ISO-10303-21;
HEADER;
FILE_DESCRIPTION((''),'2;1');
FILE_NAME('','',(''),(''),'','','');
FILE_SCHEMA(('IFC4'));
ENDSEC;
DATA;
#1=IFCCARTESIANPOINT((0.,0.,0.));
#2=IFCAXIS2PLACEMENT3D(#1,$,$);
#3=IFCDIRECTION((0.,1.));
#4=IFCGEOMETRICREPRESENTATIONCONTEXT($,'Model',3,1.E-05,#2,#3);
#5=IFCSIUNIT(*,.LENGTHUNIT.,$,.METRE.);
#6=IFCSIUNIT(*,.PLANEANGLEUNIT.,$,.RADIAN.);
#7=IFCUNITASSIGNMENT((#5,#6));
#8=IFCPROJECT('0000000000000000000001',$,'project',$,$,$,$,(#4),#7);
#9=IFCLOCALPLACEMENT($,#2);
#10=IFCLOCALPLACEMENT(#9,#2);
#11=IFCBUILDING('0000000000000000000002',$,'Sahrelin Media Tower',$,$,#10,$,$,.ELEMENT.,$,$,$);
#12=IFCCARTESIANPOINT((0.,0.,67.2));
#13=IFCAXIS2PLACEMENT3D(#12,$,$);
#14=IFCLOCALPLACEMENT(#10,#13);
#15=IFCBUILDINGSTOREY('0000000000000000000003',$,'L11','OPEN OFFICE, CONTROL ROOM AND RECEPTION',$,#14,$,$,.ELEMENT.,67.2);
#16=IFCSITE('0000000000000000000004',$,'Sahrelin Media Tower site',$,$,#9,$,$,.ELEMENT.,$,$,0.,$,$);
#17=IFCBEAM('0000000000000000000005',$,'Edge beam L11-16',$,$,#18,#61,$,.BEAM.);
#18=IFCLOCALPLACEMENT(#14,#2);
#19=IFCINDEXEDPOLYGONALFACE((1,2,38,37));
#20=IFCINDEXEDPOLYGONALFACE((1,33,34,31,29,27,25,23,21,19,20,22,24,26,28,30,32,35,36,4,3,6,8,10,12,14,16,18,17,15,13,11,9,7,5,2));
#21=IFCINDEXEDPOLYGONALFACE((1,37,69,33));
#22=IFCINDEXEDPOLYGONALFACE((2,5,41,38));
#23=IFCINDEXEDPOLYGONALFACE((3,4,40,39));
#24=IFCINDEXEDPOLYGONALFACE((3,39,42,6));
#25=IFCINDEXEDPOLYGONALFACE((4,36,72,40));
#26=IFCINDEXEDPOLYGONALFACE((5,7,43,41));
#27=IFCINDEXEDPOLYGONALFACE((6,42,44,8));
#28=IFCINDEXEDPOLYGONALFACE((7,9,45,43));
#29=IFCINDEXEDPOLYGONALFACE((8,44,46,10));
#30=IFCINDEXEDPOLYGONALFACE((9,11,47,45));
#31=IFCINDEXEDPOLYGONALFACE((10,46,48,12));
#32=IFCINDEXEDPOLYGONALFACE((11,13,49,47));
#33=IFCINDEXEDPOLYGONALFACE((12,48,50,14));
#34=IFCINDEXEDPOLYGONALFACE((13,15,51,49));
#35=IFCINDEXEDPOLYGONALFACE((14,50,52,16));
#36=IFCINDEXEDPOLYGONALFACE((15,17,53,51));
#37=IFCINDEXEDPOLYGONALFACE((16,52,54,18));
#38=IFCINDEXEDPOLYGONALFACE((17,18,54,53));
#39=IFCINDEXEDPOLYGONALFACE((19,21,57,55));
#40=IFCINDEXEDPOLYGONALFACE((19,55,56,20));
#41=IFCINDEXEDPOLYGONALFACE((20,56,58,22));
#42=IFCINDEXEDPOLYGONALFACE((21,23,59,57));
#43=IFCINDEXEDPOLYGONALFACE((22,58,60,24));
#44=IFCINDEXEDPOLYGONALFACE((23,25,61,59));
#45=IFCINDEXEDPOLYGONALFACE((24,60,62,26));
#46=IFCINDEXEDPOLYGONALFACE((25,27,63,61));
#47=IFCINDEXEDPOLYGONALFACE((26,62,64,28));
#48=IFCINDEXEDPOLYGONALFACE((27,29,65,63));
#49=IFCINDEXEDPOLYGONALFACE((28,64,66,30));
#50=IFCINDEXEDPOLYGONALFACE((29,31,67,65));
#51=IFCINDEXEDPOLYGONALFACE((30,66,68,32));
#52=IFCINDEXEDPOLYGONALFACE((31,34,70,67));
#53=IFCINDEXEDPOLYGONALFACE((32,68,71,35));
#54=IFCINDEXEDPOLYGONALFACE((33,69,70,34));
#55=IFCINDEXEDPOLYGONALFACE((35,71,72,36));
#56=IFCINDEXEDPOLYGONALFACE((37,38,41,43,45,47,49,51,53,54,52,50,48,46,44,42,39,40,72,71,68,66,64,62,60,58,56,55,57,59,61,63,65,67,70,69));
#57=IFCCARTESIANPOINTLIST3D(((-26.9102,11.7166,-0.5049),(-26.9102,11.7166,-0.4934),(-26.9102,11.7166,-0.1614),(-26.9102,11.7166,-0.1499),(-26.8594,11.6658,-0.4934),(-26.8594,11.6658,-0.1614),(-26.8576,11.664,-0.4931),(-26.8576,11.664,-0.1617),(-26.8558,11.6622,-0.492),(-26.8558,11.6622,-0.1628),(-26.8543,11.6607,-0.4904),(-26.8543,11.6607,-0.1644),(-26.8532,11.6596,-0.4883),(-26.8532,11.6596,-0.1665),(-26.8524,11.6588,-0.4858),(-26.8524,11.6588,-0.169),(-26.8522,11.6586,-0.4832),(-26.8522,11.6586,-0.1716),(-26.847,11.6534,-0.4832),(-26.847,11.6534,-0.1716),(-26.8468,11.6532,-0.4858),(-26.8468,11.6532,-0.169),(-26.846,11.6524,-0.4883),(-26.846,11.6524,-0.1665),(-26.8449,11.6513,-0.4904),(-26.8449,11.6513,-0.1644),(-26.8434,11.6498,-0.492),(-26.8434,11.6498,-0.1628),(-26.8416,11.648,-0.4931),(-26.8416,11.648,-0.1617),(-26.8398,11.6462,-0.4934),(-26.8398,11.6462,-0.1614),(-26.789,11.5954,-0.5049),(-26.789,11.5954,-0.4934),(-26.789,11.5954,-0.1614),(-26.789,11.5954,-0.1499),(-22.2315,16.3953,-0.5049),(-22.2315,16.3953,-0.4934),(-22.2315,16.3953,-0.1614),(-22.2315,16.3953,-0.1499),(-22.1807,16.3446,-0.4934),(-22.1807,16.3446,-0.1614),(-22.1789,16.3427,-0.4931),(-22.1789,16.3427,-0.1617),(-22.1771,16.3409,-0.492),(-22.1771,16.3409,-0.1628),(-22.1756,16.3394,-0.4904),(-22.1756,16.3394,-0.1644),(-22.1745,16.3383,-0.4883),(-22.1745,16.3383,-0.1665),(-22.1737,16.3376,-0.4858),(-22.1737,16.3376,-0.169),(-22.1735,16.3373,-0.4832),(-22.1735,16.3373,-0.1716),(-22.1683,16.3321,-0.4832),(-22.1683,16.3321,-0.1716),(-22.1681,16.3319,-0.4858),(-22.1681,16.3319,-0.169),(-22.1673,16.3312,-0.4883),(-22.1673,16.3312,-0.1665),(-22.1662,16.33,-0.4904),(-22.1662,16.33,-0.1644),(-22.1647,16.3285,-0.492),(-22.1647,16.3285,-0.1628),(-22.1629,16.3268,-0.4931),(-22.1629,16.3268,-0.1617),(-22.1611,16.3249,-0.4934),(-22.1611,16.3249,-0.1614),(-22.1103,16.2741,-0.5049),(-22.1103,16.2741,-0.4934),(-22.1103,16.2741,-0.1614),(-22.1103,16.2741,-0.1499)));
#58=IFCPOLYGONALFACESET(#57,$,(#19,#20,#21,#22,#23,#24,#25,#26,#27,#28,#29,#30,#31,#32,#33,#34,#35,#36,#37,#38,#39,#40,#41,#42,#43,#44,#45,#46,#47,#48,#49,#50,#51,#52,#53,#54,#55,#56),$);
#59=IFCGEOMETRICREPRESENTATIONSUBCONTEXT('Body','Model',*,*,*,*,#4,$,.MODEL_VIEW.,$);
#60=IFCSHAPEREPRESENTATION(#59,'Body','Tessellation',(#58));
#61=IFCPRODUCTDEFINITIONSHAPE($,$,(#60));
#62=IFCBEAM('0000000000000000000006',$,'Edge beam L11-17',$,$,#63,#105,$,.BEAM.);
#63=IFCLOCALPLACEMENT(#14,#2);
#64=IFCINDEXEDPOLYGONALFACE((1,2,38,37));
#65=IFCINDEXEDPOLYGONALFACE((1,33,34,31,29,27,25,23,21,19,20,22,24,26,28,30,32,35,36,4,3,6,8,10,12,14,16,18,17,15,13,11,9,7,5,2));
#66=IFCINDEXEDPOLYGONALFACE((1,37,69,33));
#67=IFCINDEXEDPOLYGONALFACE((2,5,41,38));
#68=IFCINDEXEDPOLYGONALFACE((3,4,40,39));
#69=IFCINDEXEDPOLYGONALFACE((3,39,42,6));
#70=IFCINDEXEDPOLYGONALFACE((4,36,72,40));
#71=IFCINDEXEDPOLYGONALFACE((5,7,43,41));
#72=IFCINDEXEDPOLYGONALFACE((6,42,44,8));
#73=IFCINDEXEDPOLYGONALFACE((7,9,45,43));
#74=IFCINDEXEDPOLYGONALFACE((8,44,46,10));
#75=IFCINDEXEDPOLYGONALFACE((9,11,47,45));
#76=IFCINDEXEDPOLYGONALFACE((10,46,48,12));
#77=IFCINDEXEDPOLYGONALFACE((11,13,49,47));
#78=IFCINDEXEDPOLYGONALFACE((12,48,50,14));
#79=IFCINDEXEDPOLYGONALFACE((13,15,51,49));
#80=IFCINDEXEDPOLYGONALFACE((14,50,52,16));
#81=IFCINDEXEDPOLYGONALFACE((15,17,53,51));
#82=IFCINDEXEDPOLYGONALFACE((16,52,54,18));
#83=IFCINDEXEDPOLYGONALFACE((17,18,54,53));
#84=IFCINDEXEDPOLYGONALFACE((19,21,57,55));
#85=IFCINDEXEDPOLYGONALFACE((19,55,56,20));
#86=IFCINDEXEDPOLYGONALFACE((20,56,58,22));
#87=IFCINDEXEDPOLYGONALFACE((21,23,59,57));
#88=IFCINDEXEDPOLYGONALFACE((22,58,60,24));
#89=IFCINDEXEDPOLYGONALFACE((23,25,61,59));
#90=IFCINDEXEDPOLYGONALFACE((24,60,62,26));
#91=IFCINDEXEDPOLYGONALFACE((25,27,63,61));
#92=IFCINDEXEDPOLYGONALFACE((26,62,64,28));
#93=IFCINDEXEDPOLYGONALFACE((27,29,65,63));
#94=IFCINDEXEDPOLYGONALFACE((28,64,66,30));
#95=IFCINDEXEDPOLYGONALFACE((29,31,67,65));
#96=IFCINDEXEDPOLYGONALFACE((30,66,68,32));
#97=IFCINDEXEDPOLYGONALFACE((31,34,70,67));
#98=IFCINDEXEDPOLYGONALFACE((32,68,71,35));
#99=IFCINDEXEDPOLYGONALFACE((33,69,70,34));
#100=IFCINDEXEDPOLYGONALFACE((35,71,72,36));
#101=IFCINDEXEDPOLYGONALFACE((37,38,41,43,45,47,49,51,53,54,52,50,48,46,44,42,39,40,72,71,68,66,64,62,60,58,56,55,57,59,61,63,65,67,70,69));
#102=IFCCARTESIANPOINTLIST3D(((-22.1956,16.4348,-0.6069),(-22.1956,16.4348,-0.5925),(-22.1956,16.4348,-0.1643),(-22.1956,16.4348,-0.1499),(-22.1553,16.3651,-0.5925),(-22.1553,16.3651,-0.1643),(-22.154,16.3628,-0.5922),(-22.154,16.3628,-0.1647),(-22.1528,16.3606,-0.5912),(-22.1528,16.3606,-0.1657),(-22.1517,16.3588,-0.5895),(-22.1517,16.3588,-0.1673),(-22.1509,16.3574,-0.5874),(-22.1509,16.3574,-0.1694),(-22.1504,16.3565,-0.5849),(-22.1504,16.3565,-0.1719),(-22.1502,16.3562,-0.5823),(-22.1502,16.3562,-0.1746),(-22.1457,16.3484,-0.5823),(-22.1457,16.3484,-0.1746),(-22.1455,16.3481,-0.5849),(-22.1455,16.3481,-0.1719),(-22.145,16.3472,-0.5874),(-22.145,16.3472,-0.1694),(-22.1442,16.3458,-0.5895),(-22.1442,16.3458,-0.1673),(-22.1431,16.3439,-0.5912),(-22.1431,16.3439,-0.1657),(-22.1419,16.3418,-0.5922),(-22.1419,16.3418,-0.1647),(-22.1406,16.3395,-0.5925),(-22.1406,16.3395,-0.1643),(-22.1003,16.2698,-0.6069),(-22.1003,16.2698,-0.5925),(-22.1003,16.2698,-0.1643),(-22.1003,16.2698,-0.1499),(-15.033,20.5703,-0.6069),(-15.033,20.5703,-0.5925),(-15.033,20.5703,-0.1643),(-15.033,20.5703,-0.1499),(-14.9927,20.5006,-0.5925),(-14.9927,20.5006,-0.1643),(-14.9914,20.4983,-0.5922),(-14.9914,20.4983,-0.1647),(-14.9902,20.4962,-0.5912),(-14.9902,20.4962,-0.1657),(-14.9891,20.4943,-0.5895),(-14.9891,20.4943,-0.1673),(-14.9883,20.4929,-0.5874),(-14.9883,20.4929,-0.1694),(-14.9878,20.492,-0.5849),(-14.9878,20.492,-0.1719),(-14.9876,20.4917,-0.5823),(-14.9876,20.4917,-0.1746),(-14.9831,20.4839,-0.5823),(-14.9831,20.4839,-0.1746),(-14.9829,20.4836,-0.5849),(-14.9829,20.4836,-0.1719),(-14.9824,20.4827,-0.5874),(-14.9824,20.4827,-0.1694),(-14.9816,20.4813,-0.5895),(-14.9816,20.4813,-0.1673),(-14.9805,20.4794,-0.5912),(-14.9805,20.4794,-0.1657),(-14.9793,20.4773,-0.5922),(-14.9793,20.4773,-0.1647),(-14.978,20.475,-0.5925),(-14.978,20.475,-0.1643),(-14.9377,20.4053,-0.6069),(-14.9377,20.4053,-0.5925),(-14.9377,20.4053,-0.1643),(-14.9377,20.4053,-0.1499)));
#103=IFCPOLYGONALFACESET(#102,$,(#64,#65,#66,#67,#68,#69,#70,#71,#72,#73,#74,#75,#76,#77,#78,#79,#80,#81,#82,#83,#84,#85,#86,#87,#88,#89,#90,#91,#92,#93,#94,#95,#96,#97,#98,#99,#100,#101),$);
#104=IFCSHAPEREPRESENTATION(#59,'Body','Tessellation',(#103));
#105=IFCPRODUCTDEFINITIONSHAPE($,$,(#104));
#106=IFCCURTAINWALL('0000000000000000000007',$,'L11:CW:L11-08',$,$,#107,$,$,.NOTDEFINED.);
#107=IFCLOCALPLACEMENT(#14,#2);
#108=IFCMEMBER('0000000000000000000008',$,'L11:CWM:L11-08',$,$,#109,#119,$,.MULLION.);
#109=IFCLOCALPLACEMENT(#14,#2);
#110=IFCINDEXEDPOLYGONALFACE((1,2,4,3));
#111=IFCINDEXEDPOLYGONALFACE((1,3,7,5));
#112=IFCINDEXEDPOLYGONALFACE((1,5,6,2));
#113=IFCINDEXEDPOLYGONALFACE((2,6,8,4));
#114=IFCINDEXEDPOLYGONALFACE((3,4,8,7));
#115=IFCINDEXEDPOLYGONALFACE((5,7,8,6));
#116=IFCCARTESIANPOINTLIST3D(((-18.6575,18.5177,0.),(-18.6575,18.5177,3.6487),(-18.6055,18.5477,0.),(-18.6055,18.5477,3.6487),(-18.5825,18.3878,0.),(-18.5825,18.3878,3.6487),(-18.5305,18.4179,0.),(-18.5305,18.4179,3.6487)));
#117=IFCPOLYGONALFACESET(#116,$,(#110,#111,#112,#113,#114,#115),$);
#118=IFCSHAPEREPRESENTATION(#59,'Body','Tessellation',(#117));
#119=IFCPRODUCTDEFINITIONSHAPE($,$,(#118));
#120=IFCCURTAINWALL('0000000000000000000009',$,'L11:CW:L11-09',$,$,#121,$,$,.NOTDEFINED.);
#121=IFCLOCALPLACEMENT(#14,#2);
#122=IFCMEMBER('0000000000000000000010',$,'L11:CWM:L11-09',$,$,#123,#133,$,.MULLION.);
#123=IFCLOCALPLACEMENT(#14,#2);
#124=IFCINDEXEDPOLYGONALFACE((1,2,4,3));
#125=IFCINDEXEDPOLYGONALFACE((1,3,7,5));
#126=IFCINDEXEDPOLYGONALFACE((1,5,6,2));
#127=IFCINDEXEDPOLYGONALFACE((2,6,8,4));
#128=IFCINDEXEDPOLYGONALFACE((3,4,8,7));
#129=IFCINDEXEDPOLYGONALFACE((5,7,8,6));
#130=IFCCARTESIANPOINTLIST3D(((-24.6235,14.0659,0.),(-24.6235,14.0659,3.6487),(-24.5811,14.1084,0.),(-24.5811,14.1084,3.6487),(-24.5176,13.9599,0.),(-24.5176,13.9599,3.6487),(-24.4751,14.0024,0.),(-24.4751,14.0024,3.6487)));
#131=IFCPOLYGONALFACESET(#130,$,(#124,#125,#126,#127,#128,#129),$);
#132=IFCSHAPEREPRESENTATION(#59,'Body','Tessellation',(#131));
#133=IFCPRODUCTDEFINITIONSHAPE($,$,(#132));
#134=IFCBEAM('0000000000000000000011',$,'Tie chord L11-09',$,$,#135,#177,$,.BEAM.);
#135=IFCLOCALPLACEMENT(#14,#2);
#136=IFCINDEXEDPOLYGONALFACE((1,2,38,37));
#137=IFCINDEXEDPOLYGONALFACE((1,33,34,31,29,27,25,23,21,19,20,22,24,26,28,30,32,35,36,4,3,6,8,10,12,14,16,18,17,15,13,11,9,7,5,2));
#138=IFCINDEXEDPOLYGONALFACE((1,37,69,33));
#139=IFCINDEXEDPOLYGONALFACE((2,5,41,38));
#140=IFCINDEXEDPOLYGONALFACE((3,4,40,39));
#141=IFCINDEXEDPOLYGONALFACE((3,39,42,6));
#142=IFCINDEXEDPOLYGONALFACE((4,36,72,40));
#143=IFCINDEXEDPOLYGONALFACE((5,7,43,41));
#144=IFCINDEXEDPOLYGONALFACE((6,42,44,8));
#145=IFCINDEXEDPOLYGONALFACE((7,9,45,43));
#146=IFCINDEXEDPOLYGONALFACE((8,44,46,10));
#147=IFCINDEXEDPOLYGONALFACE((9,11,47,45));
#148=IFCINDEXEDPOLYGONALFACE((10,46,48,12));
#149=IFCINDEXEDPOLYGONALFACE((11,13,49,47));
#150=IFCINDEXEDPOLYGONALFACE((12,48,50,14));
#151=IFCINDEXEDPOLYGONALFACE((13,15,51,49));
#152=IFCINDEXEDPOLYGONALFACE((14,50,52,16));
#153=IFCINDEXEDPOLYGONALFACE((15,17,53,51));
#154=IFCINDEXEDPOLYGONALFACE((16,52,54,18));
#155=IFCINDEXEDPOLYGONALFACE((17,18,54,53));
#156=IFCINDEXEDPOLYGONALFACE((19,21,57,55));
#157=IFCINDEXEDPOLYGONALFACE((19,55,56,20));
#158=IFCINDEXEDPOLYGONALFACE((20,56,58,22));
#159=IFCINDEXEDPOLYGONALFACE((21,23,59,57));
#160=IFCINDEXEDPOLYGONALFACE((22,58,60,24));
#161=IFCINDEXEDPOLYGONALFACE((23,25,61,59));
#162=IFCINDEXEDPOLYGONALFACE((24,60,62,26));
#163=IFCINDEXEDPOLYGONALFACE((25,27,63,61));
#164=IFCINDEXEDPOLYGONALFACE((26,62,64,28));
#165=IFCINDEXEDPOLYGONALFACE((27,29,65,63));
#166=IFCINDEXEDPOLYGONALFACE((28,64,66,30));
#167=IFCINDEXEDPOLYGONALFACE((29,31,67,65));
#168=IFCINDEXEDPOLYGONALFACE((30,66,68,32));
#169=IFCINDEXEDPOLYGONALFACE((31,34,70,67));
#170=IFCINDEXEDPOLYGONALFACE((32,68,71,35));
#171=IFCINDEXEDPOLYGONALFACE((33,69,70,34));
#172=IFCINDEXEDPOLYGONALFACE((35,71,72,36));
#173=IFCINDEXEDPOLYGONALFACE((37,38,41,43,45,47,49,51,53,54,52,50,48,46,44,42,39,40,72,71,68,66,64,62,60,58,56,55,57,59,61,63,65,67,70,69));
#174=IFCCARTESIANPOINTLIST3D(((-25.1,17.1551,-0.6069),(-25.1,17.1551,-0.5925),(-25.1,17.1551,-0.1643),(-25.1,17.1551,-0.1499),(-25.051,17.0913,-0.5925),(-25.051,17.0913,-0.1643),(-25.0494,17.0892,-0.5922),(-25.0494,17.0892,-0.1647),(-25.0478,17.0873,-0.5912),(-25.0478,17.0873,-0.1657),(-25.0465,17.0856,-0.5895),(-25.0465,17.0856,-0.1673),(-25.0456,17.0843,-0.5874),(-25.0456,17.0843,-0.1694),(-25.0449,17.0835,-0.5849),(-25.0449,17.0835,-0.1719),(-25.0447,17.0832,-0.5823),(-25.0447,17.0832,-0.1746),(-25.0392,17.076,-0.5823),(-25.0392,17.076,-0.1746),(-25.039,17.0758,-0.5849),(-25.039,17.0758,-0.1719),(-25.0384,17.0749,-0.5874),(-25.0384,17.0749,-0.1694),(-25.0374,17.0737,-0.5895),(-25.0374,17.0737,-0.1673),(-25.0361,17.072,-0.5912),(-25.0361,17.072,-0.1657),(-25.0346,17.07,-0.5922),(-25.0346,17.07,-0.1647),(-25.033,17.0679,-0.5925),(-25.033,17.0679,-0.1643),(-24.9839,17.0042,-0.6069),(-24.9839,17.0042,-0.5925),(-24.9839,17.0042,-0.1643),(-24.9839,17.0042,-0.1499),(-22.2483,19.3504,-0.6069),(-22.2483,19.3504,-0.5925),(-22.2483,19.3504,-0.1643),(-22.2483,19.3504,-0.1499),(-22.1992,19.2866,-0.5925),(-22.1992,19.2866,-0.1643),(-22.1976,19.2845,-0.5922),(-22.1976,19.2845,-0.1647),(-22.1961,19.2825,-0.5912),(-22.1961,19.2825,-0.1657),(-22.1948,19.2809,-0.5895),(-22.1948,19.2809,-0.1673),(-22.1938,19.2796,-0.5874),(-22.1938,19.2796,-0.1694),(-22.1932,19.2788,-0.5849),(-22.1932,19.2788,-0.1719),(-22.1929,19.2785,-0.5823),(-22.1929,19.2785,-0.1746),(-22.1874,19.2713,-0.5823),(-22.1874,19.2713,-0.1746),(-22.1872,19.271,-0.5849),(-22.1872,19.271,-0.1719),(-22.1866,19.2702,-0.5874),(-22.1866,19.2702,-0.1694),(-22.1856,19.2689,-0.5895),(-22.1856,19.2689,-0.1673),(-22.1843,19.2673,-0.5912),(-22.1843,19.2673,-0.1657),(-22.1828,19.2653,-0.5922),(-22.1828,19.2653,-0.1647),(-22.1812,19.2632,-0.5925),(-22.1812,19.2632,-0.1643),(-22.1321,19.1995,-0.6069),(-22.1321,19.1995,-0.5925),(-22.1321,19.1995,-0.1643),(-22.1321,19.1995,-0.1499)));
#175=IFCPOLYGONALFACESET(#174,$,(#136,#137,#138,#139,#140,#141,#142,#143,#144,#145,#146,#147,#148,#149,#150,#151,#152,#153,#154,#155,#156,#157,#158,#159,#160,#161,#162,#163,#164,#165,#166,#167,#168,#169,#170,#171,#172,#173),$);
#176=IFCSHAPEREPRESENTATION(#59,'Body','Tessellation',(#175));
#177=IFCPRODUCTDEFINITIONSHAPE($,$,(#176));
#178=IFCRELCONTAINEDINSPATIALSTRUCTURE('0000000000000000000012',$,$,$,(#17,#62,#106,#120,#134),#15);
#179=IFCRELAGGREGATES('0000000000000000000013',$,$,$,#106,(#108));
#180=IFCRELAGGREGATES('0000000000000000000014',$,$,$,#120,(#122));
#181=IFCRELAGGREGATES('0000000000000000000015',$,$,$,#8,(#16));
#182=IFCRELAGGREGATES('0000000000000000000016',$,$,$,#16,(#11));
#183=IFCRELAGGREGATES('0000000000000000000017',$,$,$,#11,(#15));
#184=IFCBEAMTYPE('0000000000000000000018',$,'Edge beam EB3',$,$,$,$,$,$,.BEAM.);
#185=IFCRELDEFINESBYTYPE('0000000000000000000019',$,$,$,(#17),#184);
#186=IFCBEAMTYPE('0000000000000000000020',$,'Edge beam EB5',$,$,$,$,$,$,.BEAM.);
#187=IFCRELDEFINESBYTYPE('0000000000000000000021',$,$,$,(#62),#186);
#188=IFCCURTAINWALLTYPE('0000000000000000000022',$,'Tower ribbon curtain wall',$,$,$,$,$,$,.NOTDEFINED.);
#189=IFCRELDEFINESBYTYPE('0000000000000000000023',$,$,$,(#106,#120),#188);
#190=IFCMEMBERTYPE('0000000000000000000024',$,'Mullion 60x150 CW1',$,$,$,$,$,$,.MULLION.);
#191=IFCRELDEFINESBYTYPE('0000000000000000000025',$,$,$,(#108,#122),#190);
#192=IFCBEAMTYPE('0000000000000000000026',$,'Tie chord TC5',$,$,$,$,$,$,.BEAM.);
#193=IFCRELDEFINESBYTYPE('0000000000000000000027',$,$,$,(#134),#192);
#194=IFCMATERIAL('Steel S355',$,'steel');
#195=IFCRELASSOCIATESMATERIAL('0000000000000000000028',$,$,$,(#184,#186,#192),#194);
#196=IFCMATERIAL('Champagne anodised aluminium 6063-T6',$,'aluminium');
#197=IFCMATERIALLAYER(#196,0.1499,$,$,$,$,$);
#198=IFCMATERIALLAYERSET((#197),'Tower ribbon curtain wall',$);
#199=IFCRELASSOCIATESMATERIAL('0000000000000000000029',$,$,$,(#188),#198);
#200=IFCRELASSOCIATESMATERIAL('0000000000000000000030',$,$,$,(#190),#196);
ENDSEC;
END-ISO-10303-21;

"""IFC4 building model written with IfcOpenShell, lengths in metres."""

from ifc_helpers import new_model, si_unit, direction, frame, origin, origin_2d, place, context, subcontext, project, spatial, rectangle, i_section, extrude, material, layer, layer_set, material_profile, profile_set, type_object, element, aggregate, save


model = new_model("IFC4")

# Units and contexts
model_context = context("Model", 3, precision=1e-05, world=origin(), true_north=direction((0.0, 1.0)))
body_context = subcontext(model_context, "Body", "Model", "MODEL_VIEW")
ifc_project = project(units=[si_unit("LENGTHUNIT", "METRE"), si_unit("PLANEANGLEUNIT", "RADIAN")], contexts=[model_context])

# Site, building, storey
site_placement = place(None, origin())
site = spatial("IfcSite", under=ifc_project, at=site_placement, Name="Sahrelin Media Tower site", CompositionType="ELEMENT", RefElevation=0.0)
building_placement = place(site_placement, origin())
building = spatial("IfcBuilding", under=site, at=building_placement, Name="Sahrelin Media Tower", CompositionType="ELEMENT")
storey_placement = place(building_placement, frame((0.0, 0.0, 67.2)))
storey = spatial("IfcBuildingStorey", under=building, at=storey_placement, Name="L11", Description="OPEN OFFICE, CONTROL ROOM AND RECEPTION", CompositionType="ELEMENT", Elevation=67.2)

# Beams
ifc_material_1 = material(Name="Steel S355", Category="steel")
ifc_material_profile_1 = material_profile(ifc_material_1, i_section(OverallWidth=0.1714, OverallDepth=0.355, WebThickness=0.0073, FlangeThickness=0.0115, FilletRadius=0.0103, at=origin_2d()), Name="UB 356x171x51")
ifc_profile_set_1 = profile_set([ifc_material_profile_1], Name="Steel S355")
beam_type_1 = type_object("IfcBeamType", Name="Edge beam EB3", PredefinedType="BEAM", material=ifc_profile_set_1)
beam_1_placement = place(storey_placement, frame((-26.8496, 11.656, -0.3274), z_axis=(0.707107, 0.707107, 0.0), x_axis=(-0.707107, 0.707107, 0.0)))
element("IfcBeam", 1, at=beam_1_placement, inside=storey, type_object=beam_type_1, Name="Edge beam L11-16", PredefinedType="BEAM", context=body_context, shape_type="SweptSolid", body=[
    extrude(i_section(OverallWidth=0.1714, OverallDepth=0.355, WebThickness=0.0073, FlangeThickness=0.0115, FilletRadius=0.0103, at=origin_2d()), origin(), (0.0, 0.0, 1.0), 6.6167),
])
ifc_material_profile_2 = material_profile(ifc_material_1, i_section(OverallWidth=0.1904, OverallDepth=0.457, WebThickness=0.009, FlangeThickness=0.0144, FilletRadius=0.0103, at=origin_2d()), Name="UB 457x191x74")
ifc_profile_set_2 = profile_set([ifc_material_profile_2], Name="Steel S355")
beam_type_2 = type_object("IfcBeamType", Name="Edge beam EB5", PredefinedType="BEAM", material=ifc_profile_set_2)
beam_2_placement = place(storey_placement, frame((-22.1479, 16.3523, -0.3784), z_axis=(0.866016, 0.500015, 0.0), x_axis=(-0.500015, 0.866016, 0.0)))
element("IfcBeam", 2, at=beam_2_placement, inside=storey, type_object=beam_type_2, Name="Edge beam L11-17", PredefinedType="BEAM", context=body_context, shape_type="SweptSolid", body=[
    extrude(i_section(OverallWidth=0.1904, OverallDepth=0.457, WebThickness=0.009, FlangeThickness=0.0144, FilletRadius=0.0103, at=origin_2d()), origin(), (0.0, 0.0, 1.0), 8.2708),
])

# Curtain walls, members
ifc_material_2 = material(Name="Champagne anodised aluminium 6063-T6", Category="aluminium")
ifc_layer_1 = layer(ifc_material_2, 0.1499)
ifc_layer_set_1 = layer_set([ifc_layer_1], Name="Tower ribbon curtain wall")
curtain_wall_type = type_object("IfcCurtainWallType", Name="Tower ribbon curtain wall", PredefinedType="NOTDEFINED", material=ifc_layer_set_1)
curtain_wall_1_placement = place(storey_placement, frame((-18.6416, 18.5498, 0.0), z_axis=(0.0, 0.0, 1.0), x_axis=(1.0, 0.0, 0.0)))
curtain_wall_1 = element("IfcCurtainWall", 3, at=curtain_wall_1_placement, inside=storey, type_object=curtain_wall_type, Name="L11:CW:L11-08", PredefinedType="NOTDEFINED")
ifc_material_profile_3 = material_profile(ifc_material_2, rectangle(XDim=0.0601, YDim=0.1499, at=origin_2d()), Name="Mullion 60x150")
ifc_profile_set_3 = profile_set([ifc_material_profile_3], Name="Champagne anodised aluminium 6063-T6")
member_type_1 = type_object("IfcMemberType", Name="Mullion 60x150 CW1", PredefinedType="MULLION", material=ifc_profile_set_3)
member_1_placement = place(storey_placement, frame((-18.594, 18.4678, 0.0), z_axis=(0.0, 0.0, 1.0), x_axis=(-0.866025, -0.500002, 0.0)))
member_1 = element("IfcMember", 4, at=member_1_placement, type_object=member_type_1, Name="L11:CWM:L11-08", PredefinedType="MULLION", context=body_context, shape_type="SweptSolid", body=[
    extrude(rectangle(XDim=0.0601, YDim=0.1499, at=origin_2d()), origin(), (0.0, 0.0, 1.0), 3.6487),
])
curtain_wall_2_placement = place(storey_placement, frame((-24.6165, 14.1013, 0.0), z_axis=(0.0, 0.0, 1.0), x_axis=(1.0, 0.0, 0.0)))
curtain_wall_2 = element("IfcCurtainWall", 5, at=curtain_wall_2_placement, inside=storey, type_object=curtain_wall_type, Name="L11:CW:L11-09", PredefinedType="NOTDEFINED")
member_2_placement = place(storey_placement, frame((-24.5493, 14.0342, 0.0), z_axis=(0.0, 0.0, 1.0), x_axis=(-0.707107, -0.707107, 0.0)))
member_2 = element("IfcMember", 6, at=member_2_placement, type_object=member_type_1, Name="L11:CWM:L11-09", PredefinedType="MULLION", context=body_context, shape_type="SweptSolid", body=[
    extrude(rectangle(XDim=0.0601, YDim=0.1499, at=origin_2d()), origin(), (0.0, 0.0, 1.0), 3.6487),
])

# Beam
ifc_material_profile_4 = material_profile(ifc_material_1, i_section(OverallWidth=0.1904, OverallDepth=0.457, WebThickness=0.009, FlangeThickness=0.0144, FilletRadius=0.0103, at=origin_2d()), Name="UB 457x191x74")
ifc_profile_set_4 = profile_set([ifc_material_profile_4], Name="Steel S355")
beam_type_3 = type_object("IfcBeamType", Name="Tie chord TC5", PredefinedType="BEAM", material=ifc_profile_set_4)
beam_3_placement = place(storey_placement, frame((-22.1902, 19.2749, -0.3784), z_axis=(-0.792407, -0.609993, 0.0), x_axis=(0.609993, -0.792407, 0.0)))
element("IfcBeam", 7, at=beam_3_placement, inside=storey, type_object=beam_type_3, Name="Tie chord L11-09", PredefinedType="BEAM", context=body_context, shape_type="SweptSolid", body=[
    extrude(i_section(OverallWidth=0.1904, OverallDepth=0.457, WebThickness=0.009, FlangeThickness=0.0144, FilletRadius=0.0103, at=origin_2d()), origin(), (0.0, 0.0, 1.0), 3.5989),
])

aggregate(curtain_wall_1, [member_1])
aggregate(curtain_wall_2, [member_2])

save(model, "model.ifc")
